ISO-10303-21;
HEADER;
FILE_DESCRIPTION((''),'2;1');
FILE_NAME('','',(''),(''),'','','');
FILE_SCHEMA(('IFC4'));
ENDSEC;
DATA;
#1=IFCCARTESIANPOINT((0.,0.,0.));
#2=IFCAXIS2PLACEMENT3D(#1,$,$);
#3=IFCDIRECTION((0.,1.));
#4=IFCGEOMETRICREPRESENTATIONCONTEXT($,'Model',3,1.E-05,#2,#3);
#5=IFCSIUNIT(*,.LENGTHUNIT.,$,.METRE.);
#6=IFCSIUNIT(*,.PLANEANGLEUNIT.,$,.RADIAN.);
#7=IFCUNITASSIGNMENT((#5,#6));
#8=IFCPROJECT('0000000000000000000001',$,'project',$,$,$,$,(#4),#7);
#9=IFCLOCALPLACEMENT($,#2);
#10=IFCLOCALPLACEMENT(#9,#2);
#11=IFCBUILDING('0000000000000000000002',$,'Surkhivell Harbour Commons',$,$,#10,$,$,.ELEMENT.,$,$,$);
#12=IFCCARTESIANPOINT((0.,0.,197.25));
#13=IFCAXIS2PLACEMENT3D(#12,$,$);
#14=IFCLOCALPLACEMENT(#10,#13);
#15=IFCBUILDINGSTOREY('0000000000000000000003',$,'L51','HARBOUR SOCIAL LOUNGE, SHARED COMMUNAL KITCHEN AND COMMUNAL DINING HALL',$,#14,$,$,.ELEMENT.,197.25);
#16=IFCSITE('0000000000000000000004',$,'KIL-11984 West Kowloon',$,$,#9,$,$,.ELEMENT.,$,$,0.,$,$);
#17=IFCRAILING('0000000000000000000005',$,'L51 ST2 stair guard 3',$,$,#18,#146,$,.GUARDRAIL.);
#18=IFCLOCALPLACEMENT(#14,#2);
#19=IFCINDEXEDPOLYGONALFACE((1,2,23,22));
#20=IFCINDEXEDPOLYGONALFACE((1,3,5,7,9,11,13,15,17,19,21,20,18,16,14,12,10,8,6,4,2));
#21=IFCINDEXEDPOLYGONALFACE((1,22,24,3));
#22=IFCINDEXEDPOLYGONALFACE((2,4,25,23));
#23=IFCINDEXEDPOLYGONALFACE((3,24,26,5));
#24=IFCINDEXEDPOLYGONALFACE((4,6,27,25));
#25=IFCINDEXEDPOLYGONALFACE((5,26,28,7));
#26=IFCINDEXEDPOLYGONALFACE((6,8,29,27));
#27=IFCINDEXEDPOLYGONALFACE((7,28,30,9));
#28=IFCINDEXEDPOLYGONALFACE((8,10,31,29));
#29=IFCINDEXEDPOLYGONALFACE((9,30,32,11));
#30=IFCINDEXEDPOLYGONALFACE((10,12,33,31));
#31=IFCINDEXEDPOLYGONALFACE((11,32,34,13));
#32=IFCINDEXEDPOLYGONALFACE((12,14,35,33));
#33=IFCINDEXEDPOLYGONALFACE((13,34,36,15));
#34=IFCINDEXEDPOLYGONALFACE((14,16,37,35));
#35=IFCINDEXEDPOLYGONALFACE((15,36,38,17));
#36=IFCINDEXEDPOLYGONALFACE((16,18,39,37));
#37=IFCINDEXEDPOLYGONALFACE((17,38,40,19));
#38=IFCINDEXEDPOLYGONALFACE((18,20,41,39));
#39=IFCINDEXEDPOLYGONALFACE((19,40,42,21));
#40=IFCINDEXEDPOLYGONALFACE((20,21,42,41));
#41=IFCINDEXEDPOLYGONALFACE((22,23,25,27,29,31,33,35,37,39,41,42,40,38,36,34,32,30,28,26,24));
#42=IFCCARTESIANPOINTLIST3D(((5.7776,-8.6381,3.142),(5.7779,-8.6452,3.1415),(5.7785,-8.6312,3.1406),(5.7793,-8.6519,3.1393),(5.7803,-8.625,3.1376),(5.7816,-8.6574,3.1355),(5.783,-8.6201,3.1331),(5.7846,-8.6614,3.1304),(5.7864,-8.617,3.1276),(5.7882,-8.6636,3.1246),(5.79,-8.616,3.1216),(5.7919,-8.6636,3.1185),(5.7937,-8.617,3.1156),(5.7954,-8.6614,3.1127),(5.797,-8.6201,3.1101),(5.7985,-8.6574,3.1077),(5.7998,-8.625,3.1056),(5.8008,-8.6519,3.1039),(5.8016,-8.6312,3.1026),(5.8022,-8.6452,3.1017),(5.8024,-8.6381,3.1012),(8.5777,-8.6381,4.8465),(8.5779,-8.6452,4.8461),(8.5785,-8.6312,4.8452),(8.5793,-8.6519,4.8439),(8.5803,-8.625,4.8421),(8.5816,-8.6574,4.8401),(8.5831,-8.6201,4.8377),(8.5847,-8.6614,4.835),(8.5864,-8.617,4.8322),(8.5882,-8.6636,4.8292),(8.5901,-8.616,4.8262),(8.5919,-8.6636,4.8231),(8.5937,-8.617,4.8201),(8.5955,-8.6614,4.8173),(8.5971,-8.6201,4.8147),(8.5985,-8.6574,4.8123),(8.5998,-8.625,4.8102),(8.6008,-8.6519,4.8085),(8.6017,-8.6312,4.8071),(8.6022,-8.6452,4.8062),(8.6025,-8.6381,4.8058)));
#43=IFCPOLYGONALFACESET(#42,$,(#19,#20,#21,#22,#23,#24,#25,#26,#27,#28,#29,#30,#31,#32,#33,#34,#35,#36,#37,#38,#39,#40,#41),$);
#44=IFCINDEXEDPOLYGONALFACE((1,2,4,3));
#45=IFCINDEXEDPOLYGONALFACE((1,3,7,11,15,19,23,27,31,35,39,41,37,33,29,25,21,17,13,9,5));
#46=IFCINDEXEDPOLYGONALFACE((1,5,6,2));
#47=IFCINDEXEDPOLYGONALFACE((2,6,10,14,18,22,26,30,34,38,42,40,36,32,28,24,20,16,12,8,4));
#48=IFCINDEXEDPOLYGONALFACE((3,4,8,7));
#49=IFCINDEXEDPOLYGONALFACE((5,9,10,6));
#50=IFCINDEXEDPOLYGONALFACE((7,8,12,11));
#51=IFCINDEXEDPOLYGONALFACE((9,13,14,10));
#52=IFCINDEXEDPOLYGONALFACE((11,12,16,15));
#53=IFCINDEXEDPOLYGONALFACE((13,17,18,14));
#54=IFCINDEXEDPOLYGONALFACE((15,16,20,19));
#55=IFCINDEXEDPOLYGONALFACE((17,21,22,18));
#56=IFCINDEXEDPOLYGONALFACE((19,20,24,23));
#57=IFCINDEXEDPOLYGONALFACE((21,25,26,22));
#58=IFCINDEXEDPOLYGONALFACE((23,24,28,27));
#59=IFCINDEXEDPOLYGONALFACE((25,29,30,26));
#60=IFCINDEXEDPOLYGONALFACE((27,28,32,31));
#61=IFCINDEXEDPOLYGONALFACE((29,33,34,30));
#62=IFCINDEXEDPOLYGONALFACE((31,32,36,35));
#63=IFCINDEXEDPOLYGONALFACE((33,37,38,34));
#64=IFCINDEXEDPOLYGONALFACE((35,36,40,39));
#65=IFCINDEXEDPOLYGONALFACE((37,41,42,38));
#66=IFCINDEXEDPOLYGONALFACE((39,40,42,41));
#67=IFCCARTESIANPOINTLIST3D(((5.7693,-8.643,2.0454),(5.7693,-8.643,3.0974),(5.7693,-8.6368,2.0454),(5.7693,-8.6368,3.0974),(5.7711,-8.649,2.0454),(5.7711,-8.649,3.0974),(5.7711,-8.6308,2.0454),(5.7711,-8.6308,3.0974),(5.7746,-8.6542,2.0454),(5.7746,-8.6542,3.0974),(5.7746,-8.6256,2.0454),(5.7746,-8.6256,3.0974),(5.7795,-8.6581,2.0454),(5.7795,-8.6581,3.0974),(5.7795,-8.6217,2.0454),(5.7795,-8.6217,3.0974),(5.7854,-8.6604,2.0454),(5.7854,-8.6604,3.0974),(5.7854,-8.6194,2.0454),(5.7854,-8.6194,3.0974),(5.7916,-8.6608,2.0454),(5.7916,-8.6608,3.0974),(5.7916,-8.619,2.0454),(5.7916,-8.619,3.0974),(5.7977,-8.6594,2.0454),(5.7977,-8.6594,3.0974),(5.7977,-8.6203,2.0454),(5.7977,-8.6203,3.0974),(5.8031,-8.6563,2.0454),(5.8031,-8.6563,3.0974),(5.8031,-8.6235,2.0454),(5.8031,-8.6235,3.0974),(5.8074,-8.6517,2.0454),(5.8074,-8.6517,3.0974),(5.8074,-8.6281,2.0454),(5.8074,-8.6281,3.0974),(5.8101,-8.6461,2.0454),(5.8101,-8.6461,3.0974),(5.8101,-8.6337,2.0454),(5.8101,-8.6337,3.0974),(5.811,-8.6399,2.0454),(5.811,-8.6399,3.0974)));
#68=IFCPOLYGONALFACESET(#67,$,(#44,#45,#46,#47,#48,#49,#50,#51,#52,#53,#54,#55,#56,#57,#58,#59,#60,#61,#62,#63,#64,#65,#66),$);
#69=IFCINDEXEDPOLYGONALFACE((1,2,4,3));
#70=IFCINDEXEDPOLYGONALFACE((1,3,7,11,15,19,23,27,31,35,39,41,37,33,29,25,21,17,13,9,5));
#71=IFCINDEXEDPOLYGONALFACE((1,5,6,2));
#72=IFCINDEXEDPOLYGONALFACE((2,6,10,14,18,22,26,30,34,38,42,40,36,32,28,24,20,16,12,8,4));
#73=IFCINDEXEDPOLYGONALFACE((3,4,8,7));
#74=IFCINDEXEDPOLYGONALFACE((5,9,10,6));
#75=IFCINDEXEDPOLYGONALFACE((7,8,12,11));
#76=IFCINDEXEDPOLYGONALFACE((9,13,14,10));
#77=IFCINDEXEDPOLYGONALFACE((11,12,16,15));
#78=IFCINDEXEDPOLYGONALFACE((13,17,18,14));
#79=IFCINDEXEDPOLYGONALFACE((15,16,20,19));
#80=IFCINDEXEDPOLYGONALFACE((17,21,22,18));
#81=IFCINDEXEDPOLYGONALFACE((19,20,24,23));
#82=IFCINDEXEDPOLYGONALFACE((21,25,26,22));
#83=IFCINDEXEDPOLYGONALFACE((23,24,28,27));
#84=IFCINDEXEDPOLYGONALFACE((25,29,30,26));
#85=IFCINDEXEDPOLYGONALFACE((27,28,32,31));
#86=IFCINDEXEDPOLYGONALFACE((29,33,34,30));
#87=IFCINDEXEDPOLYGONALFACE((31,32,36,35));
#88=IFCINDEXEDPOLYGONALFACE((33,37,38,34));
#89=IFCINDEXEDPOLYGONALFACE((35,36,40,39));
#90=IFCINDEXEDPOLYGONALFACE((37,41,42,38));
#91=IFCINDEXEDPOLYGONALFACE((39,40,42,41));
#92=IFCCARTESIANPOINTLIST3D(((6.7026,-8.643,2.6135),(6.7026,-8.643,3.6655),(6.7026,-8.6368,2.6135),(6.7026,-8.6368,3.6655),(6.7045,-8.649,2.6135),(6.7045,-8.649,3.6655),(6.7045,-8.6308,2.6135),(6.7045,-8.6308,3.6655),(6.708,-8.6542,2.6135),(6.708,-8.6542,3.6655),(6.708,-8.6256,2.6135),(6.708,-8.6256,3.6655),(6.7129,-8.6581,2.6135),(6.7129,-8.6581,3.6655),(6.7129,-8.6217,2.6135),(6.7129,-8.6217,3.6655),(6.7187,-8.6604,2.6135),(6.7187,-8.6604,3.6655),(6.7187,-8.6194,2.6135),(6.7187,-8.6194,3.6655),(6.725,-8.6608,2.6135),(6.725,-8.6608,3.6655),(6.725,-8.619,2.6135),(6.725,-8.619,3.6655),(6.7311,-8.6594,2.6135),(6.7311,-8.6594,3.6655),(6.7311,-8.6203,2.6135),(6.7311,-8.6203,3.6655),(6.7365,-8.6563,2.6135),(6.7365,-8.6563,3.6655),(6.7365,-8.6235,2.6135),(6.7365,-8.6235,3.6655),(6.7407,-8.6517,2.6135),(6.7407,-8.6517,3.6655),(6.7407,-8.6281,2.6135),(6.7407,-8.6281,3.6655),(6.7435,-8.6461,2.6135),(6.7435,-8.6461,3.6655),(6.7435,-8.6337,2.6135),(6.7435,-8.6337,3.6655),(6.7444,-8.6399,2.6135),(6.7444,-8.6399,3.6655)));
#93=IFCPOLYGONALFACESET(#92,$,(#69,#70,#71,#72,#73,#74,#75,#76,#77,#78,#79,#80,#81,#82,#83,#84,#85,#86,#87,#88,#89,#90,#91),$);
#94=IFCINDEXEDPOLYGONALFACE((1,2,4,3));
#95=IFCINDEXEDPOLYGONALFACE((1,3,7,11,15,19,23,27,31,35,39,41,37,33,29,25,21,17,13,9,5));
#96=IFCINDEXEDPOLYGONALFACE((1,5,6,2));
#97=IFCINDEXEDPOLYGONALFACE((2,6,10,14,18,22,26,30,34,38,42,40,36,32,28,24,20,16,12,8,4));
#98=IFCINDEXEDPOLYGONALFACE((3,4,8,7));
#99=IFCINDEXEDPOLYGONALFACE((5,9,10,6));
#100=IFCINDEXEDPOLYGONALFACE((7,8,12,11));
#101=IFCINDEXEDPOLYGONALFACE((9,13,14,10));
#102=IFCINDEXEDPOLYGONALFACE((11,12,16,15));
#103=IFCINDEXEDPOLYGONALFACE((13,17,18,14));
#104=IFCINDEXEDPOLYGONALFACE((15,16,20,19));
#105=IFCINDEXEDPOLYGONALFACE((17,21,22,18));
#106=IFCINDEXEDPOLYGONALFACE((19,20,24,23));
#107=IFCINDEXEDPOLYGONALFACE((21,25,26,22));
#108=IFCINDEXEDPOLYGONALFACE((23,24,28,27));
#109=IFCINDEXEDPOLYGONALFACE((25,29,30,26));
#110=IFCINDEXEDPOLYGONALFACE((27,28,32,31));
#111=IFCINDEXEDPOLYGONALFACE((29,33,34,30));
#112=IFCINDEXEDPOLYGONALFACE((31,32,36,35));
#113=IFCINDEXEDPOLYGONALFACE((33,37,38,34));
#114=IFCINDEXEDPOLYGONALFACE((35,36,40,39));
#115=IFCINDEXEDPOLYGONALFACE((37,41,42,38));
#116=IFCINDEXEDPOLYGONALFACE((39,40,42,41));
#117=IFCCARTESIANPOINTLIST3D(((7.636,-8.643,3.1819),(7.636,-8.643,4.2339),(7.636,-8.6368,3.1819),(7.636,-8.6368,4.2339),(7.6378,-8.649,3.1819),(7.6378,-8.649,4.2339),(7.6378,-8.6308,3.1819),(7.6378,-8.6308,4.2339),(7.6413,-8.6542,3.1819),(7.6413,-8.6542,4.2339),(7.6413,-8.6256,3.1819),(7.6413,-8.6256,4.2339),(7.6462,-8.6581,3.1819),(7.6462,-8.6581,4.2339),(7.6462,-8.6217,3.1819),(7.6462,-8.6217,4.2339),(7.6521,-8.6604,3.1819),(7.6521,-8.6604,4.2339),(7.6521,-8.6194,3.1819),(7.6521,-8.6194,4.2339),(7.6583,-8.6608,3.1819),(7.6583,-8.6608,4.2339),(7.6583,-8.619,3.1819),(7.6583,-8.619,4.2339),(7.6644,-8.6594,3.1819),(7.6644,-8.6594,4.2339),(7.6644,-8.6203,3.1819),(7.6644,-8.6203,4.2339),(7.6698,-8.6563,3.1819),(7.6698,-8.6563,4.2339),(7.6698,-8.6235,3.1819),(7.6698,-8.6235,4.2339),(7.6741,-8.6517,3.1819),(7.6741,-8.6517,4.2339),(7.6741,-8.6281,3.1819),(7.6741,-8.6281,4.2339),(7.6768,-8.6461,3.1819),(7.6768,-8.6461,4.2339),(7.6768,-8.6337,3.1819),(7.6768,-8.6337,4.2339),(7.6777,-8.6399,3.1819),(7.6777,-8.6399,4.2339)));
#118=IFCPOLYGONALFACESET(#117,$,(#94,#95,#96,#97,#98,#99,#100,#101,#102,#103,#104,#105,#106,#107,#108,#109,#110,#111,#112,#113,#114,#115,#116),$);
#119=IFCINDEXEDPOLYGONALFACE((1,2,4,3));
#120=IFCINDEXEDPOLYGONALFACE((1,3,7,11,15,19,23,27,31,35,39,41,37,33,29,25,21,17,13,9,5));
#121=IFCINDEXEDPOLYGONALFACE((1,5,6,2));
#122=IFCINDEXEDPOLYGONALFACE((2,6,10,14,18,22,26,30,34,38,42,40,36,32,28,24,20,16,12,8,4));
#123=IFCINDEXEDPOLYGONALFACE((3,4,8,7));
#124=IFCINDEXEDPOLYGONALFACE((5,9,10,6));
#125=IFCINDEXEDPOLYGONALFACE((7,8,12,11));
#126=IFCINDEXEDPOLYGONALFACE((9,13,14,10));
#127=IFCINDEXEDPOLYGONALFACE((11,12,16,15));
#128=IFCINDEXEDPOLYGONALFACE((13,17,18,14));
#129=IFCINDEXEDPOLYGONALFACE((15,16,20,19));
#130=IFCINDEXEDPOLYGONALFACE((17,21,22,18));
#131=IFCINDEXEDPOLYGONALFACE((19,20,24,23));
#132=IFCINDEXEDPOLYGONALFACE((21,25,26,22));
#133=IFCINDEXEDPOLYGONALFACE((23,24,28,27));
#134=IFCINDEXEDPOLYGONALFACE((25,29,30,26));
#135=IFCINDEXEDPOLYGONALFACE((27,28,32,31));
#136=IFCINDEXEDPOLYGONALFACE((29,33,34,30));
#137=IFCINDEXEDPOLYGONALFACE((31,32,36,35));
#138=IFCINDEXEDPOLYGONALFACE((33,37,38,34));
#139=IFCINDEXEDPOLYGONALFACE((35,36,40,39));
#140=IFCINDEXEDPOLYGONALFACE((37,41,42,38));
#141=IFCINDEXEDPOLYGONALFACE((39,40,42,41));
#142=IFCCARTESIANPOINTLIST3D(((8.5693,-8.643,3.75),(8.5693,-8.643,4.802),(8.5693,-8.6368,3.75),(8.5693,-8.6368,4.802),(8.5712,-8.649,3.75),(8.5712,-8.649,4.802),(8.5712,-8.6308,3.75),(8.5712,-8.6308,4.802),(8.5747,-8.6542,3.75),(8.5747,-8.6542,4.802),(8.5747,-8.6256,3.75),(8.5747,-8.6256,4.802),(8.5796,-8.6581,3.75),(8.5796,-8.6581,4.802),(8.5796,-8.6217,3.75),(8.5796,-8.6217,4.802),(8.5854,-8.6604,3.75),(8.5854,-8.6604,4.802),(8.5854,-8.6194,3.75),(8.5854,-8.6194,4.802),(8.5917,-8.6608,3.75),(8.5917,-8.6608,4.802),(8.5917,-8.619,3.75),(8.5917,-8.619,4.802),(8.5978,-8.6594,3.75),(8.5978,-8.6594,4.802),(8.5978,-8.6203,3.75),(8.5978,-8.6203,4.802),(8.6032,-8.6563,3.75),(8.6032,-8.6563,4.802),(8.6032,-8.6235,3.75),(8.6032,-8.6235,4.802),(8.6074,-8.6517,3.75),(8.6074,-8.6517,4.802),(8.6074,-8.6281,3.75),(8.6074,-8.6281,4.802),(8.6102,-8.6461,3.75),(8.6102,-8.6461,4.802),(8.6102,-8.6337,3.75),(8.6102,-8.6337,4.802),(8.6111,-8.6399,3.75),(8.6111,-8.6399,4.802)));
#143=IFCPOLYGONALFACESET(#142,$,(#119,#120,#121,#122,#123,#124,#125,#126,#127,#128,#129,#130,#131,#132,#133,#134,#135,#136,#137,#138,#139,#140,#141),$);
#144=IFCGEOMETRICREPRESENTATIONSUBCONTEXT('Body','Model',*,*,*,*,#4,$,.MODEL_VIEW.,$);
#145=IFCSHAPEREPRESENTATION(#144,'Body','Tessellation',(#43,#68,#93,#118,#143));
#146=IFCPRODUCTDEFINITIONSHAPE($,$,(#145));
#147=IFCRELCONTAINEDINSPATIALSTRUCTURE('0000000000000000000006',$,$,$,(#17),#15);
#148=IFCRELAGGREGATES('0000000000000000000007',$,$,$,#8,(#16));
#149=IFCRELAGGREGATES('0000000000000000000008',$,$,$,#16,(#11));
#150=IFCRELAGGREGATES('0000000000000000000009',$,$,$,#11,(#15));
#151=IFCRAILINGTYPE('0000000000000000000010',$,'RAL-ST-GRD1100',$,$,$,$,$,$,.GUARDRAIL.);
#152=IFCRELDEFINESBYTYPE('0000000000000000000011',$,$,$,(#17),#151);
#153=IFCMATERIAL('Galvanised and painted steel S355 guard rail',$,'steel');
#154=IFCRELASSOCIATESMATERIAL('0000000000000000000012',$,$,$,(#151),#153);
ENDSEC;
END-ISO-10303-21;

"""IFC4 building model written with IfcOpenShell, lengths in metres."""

from ifc_helpers import new_model, si_unit, direction, frame, origin, origin_2d, place, context, subcontext, project, spatial, circle, extrude, material, type_object, element, save


model = new_model("IFC4")

# Units and contexts
model_context = context("Model", 3, precision=1e-05, world=origin(), true_north=direction((0.0, 1.0)))
body_context = subcontext(model_context, "Body", "Model", "MODEL_VIEW")
ifc_project = project(units=[si_unit("LENGTHUNIT", "METRE"), si_unit("PLANEANGLEUNIT", "RADIAN")], contexts=[model_context])

# Site, building, storey
site_placement = place(None, origin())
site = spatial("IfcSite", under=ifc_project, at=site_placement, Name="KIL-11984 West Kowloon", CompositionType="ELEMENT", RefElevation=0.0)
building_placement = place(site_placement, origin())
building = spatial("IfcBuilding", under=site, at=building_placement, Name="Surkhivell Harbour Commons", CompositionType="ELEMENT")
storey_placement = place(building_placement, frame((0.0, 0.0, 197.25)))
storey = spatial("IfcBuildingStorey", under=building, at=storey_placement, Name="L51", Description="HARBOUR SOCIAL LOUNGE, SHARED COMMUNAL KITCHEN AND COMMUNAL DINING HALL", CompositionType="ELEMENT", Elevation=197.25)

# Railing
ifc_material_1 = material(Name="Galvanised and painted steel S355 guard rail", Category="steel")
railing_type_1 = type_object("IfcRailingType", Name="RAL-ST-GRD1100", PredefinedType="GUARDRAIL", material=ifc_material_1)
railing_1_placement = place(storey_placement, frame((5.79, -8.6399, 2.0454)))
element("IfcRailing", 1, at=railing_1_placement, inside=storey, type_object=railing_type_1, Name="L51 ST2 stair guard 3", PredefinedType="GUARDRAIL", context=body_context, shape_type="SweptSolid", body=[
    extrude(circle(Radius=0.0239, at=origin_2d()), frame((0.0, 0.0, 1.0762), z_axis=(0.85417, 0.0, 0.519994), x_axis=(0.0, 1.0, 0.0)), (0.0, 0.0, 1.0), 3.2781),
    extrude(circle(Radius=0.021, at=origin_2d()), origin(), (0.0, 0.0, 1.0), 1.052),
    extrude(circle(Radius=0.021, at=origin_2d()), frame((0.9333, 0.0, 0.5681)), (0.0, 0.0, 1.0), 1.052),
    extrude(circle(Radius=0.021, at=origin_2d()), frame((1.8667, 0.0, 1.1365)), (0.0, 0.0, 1.0), 1.052),
    extrude(circle(Radius=0.021, at=origin_2d()), frame((2.8, 0.0, 1.7046)), (0.0, 0.0, 1.0), 1.052),
])

save(model, "model.ifc")
